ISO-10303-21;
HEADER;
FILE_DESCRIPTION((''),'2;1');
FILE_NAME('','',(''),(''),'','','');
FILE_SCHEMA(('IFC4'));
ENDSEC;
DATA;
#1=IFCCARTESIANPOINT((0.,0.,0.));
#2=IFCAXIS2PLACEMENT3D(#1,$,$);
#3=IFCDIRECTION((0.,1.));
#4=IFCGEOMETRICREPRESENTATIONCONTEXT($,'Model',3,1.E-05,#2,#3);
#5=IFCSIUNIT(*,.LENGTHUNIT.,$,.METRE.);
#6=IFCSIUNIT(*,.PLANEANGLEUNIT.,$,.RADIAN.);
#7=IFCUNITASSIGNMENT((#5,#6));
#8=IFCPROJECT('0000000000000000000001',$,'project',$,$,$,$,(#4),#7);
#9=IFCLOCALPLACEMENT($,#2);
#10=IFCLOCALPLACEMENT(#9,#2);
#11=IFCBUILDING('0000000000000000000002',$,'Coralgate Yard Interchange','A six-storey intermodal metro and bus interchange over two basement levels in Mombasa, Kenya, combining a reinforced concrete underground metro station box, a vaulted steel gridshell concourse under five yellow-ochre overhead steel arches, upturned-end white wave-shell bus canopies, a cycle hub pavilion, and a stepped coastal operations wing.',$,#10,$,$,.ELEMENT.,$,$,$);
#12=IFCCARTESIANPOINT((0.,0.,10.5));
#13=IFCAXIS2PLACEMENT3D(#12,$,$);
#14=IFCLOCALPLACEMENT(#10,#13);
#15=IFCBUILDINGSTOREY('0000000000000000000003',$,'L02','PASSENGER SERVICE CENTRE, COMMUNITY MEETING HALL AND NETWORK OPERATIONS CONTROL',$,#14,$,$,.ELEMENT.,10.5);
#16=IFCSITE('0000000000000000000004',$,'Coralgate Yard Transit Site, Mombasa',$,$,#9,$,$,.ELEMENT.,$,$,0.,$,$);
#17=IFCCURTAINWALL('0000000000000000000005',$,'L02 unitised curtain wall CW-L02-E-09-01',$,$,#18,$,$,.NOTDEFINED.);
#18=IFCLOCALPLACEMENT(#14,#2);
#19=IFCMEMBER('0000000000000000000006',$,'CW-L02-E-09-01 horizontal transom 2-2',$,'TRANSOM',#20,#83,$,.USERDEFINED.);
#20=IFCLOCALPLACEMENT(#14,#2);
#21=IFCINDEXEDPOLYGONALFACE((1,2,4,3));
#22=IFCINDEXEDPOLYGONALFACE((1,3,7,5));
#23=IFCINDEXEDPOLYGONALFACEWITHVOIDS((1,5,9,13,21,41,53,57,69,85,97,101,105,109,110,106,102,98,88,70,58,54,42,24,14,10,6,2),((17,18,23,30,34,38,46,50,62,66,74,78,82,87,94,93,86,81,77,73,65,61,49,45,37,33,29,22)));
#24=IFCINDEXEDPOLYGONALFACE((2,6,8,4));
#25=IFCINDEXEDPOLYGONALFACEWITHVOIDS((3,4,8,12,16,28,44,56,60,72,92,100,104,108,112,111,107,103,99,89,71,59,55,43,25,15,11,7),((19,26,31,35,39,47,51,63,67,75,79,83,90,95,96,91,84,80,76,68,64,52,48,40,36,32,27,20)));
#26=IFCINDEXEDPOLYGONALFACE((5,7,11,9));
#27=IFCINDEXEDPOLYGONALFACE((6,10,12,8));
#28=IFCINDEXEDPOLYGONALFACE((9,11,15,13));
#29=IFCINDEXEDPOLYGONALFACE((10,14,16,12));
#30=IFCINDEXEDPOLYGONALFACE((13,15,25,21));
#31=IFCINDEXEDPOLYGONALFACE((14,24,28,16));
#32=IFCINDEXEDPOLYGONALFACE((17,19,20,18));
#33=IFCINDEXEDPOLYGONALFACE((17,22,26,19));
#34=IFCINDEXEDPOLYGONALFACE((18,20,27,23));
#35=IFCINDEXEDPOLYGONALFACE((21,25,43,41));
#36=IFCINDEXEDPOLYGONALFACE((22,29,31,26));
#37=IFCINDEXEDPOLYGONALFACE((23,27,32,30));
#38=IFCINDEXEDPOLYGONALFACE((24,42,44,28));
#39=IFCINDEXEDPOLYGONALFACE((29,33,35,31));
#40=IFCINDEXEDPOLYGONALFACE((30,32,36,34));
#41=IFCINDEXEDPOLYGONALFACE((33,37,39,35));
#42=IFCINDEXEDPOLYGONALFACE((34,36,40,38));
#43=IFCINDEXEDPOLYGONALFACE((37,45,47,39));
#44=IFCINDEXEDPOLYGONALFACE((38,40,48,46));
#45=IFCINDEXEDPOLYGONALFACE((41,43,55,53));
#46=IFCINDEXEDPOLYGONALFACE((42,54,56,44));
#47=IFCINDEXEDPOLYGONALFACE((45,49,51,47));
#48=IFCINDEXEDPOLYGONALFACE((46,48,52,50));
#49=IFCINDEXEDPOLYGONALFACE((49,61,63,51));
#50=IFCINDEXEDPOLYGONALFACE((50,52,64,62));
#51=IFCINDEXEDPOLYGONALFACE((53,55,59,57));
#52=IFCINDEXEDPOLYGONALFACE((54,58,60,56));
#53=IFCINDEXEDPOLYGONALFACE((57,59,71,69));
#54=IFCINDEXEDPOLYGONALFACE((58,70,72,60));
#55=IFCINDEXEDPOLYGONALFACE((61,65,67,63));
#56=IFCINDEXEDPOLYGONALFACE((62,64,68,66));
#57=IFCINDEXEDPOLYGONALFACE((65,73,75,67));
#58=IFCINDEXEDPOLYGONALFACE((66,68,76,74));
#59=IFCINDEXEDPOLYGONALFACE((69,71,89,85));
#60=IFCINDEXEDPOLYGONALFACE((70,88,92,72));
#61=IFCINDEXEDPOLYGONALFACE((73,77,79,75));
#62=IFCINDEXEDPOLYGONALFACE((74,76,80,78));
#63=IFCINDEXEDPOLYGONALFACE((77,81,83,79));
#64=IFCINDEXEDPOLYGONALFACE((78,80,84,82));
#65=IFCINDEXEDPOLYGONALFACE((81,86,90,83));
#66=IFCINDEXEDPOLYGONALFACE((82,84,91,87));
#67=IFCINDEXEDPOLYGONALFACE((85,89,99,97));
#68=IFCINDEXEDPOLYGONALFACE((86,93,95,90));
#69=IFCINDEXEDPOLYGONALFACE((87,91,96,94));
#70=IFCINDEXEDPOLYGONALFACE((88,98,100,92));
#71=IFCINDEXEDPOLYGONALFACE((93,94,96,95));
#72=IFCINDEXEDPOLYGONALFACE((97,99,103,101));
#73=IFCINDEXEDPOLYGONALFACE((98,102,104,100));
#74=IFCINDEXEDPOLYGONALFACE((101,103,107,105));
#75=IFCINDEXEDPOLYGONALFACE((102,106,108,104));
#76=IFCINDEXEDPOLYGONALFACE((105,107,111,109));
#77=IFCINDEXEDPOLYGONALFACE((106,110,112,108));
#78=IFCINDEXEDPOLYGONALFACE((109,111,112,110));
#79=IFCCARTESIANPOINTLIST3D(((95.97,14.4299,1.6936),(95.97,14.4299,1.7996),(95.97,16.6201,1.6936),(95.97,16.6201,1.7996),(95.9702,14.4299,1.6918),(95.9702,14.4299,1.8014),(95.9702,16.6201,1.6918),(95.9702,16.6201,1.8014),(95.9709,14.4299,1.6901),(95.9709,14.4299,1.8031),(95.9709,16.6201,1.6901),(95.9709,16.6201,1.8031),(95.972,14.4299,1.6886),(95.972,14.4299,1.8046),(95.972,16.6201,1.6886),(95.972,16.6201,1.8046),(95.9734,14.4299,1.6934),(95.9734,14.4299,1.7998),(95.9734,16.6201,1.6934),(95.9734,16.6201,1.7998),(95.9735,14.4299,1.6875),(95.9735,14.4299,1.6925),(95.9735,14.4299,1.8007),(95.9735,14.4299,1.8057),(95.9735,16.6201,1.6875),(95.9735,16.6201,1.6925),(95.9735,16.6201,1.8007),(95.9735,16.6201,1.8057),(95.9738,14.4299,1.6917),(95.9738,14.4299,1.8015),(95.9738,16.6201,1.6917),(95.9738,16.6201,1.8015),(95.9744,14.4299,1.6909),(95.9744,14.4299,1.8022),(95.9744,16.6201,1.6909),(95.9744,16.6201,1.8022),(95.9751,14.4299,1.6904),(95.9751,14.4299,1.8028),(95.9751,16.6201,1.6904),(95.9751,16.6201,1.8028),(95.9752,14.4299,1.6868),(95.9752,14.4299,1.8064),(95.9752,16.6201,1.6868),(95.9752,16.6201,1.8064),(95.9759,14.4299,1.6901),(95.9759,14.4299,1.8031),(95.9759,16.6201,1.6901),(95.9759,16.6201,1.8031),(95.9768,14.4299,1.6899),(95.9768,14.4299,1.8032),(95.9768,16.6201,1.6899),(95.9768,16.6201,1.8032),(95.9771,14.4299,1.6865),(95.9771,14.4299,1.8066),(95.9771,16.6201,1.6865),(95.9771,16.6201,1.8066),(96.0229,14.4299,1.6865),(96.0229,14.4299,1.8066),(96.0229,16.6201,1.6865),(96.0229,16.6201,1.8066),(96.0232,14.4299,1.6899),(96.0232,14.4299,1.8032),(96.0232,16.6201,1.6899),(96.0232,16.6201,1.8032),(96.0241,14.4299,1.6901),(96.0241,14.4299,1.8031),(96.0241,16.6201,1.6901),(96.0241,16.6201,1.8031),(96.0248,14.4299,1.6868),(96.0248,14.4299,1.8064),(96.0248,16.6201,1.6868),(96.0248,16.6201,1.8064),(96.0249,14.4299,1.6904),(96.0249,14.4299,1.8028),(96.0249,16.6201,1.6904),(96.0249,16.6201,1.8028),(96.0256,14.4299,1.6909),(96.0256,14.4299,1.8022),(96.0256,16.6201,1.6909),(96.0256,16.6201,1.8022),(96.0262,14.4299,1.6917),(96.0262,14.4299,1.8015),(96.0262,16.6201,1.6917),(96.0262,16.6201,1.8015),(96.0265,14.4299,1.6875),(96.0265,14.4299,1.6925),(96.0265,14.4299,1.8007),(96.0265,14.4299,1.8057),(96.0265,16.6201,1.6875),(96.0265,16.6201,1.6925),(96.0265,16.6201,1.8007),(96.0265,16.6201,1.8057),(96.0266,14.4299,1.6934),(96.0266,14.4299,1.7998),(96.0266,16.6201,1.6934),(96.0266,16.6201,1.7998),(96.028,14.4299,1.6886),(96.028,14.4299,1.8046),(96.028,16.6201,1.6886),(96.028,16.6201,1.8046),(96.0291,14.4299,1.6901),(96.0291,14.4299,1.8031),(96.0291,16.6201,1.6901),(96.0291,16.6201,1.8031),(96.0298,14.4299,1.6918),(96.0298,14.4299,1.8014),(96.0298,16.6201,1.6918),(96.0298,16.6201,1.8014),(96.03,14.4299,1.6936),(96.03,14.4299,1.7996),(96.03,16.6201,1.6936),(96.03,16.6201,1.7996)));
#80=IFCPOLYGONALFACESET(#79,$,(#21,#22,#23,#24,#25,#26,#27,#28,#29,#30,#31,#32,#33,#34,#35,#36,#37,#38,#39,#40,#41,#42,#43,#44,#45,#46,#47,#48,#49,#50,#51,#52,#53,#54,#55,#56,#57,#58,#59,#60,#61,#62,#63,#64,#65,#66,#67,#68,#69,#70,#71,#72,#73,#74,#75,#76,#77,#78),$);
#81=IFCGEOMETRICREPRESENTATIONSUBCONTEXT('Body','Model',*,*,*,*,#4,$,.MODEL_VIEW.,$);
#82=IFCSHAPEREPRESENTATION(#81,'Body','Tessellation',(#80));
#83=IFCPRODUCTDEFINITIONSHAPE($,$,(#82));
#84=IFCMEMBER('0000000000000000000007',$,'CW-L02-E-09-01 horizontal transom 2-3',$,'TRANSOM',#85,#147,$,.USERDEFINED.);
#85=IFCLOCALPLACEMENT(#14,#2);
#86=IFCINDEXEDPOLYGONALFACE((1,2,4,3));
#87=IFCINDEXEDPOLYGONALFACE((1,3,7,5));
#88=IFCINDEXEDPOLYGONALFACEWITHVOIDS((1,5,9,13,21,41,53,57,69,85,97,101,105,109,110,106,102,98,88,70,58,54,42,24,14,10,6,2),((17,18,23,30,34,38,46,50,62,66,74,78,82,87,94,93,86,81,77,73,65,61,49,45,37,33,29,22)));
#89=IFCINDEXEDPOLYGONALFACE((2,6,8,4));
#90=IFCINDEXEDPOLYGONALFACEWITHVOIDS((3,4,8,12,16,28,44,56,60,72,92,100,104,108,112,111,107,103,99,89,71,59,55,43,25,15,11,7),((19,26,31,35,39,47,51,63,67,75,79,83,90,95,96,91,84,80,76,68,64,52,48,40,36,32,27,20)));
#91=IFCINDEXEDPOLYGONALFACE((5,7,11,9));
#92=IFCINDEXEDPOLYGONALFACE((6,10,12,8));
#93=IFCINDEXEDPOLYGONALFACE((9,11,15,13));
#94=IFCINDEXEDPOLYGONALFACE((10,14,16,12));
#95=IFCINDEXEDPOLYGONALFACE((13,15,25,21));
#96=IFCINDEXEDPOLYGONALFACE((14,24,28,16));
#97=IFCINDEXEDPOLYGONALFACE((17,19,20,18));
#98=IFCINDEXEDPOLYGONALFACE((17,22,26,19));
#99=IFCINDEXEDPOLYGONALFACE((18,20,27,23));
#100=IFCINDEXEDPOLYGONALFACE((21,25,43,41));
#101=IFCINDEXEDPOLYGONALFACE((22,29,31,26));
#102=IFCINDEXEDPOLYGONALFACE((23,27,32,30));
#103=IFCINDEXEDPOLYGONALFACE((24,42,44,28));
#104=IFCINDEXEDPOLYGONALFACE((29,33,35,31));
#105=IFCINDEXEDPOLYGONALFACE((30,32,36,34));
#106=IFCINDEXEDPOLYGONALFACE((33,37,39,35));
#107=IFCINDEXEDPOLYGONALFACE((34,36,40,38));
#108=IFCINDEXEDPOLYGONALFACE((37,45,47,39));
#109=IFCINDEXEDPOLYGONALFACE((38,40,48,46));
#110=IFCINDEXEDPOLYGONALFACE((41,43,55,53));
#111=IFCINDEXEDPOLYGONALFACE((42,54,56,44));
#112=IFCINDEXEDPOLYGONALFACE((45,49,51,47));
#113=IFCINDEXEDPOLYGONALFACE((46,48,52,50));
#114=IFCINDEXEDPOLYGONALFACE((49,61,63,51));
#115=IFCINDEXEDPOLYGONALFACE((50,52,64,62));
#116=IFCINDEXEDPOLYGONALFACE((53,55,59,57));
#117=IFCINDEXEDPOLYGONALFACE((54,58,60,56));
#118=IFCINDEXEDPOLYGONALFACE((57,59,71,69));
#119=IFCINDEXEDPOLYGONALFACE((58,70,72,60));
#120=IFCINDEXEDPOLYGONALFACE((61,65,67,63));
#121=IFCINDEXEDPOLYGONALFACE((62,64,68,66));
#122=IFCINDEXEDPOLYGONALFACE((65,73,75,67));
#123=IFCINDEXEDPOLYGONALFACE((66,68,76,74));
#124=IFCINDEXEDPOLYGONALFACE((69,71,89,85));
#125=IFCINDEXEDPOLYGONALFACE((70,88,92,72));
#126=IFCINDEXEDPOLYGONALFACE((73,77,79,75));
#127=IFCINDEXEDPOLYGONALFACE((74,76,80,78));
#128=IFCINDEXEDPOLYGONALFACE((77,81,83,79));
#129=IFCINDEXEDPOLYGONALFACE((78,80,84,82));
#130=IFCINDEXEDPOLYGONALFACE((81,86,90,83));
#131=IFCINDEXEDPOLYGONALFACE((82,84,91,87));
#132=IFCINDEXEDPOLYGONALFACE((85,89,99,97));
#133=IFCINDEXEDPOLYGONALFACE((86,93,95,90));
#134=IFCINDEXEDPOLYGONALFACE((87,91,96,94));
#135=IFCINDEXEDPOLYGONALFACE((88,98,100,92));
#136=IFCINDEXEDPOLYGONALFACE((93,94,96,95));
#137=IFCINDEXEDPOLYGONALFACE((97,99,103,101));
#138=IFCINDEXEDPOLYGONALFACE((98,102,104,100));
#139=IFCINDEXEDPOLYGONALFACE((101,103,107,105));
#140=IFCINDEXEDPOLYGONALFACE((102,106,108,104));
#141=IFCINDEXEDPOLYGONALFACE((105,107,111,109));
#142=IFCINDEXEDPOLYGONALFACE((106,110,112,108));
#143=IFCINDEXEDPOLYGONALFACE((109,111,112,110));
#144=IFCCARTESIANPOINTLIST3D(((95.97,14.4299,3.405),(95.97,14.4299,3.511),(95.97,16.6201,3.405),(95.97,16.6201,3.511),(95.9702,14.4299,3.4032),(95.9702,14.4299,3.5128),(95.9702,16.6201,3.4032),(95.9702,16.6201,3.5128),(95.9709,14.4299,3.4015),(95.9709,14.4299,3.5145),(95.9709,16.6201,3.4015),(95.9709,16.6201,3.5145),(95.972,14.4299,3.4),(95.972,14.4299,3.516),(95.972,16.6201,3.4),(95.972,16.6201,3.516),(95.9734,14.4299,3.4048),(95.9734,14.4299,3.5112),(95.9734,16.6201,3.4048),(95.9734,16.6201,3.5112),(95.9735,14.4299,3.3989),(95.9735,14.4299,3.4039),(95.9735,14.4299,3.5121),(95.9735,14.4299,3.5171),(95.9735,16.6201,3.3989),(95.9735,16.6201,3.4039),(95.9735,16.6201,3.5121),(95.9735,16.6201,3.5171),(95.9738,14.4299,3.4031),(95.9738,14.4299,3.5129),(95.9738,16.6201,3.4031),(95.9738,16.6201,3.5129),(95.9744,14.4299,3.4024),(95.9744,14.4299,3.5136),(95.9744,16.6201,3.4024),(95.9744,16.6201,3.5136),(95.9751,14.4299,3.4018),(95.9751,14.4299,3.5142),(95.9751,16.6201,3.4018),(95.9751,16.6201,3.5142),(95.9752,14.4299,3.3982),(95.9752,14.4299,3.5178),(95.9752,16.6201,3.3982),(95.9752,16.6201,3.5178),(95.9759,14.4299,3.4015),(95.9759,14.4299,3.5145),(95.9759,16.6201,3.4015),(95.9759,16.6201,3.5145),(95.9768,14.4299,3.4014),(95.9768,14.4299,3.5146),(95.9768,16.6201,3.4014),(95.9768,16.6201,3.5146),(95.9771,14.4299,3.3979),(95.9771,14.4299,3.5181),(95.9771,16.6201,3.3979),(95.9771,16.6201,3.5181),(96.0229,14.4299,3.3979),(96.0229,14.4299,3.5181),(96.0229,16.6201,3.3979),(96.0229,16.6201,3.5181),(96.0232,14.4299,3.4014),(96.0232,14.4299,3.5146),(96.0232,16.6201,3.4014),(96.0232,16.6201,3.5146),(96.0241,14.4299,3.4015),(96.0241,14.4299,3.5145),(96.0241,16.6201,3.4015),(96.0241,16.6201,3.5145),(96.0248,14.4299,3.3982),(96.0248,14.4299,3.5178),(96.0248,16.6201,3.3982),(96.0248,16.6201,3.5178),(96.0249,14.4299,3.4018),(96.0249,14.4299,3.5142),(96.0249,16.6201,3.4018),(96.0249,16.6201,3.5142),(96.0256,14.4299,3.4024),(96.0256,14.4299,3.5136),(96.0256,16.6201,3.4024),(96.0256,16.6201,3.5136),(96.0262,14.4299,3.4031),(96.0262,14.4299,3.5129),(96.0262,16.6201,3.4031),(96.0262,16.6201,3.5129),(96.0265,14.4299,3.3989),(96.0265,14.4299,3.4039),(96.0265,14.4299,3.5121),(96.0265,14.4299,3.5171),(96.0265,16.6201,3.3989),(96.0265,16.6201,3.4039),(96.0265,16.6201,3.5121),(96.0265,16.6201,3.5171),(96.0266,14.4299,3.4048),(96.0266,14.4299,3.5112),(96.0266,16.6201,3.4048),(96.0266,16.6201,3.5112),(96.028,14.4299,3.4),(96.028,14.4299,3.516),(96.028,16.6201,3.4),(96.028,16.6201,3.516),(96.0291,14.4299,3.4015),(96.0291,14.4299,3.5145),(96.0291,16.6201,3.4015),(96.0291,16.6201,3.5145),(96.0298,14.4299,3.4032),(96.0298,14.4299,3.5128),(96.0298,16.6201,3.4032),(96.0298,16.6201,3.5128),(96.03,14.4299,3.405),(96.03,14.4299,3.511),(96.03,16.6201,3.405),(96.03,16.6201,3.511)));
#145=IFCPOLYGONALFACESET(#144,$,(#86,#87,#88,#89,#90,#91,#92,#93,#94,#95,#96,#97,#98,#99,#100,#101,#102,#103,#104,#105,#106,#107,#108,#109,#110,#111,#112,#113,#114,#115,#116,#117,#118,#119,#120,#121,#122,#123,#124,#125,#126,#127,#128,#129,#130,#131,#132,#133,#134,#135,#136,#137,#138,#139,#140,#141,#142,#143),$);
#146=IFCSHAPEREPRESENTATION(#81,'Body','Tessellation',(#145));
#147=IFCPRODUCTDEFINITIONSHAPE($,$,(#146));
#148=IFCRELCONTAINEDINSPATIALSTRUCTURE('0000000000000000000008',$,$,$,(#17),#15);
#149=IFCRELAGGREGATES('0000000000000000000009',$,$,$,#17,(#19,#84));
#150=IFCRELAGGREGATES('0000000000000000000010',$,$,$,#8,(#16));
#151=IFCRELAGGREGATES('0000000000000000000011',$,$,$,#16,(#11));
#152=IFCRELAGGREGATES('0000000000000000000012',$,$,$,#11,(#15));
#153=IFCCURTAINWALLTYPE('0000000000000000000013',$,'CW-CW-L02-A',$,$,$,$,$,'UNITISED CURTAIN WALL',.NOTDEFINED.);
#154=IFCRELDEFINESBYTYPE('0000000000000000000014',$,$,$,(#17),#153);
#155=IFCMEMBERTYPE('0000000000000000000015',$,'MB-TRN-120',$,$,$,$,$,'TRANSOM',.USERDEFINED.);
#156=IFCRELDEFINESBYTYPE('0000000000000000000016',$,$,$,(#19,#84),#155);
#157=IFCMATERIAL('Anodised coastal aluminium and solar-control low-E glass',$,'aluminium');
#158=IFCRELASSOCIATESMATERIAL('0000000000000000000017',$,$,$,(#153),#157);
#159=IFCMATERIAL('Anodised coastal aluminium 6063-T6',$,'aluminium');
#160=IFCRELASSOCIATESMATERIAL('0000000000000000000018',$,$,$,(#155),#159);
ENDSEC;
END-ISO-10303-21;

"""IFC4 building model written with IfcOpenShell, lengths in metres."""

from ifc_helpers import new_model, si_unit, direction, frame, origin, origin_2d, place, context, subcontext, project, spatial, hollow_rectangle, extrude, material, material_profile, profile_set, type_object, element, aggregate, save


model = new_model("IFC4")

# Units and contexts
model_context = context("Model", 3, precision=1e-05, world=origin(), true_north=direction((0.0, 1.0)))
body_context = subcontext(model_context, "Body", "Model", "MODEL_VIEW")
ifc_project = project(units=[si_unit("LENGTHUNIT", "METRE"), si_unit("PLANEANGLEUNIT", "RADIAN")], contexts=[model_context])

# Site, building, storey
site_placement = place(None, origin())
site = spatial("IfcSite", under=ifc_project, at=site_placement, Name="Coralgate Yard Transit Site, Mombasa", CompositionType="ELEMENT", RefElevation=0.0)
building_placement = place(site_placement, origin())
building = spatial("IfcBuilding", under=site, at=building_placement, Name="Coralgate Yard Interchange", Description="A six-storey intermodal metro and bus interchange over two basement levels in Mombasa, Kenya, combining a reinforced concrete underground metro station box, a vaulted steel gridshell concourse under five yellow-ochre overhead steel arches, upturned-end white wave-shell bus canopies, a cycle hub pavilion, and a stepped coastal operations wing.", CompositionType="ELEMENT")
storey_placement = place(building_placement, frame((0.0, 0.0, 10.5)))
storey = spatial("IfcBuildingStorey", under=building, at=storey_placement, Name="L02", Description="PASSENGER SERVICE CENTRE, COMMUNITY MEETING HALL AND NETWORK OPERATIONS CONTROL", CompositionType="ELEMENT", Elevation=10.5)

# Shared definitions
ifc_material_1 = material(Name="Anodised coastal aluminium and solar-control low-E glass", Category="aluminium")
curtain_wall_type = type_object("IfcCurtainWallType", Name="CW-CW-L02-A", ElementType="UNITISED CURTAIN WALL", PredefinedType="NOTDEFINED", material=ifc_material_1)
ifc_material_2 = material(Name="Anodised coastal aluminium 6063-T6", Category="aluminium")

# Curtain wall
curtain_wall_1_placement = place(storey_placement, origin())
curtain_wall_1 = element("IfcCurtainWall", 1, at=curtain_wall_1_placement, inside=storey, type_object=curtain_wall_type, Name="L02 unitised curtain wall CW-L02-E-09-01", PredefinedType="NOTDEFINED")

# Members
ifc_material_profile_1 = material_profile(ifc_material_2, hollow_rectangle(XDim=0.0601, YDim=0.1201, WallThickness=0.0034, InnerFilletRadius=0.0034, OuterFilletRadius=0.0071, at=origin_2d()), Name="ALU 60x120x3.5")
ifc_profile_set_1 = profile_set([ifc_material_profile_1], Name="Anodised coastal aluminium 6063-T6")
member_type_1 = type_object("IfcMemberType", Name="MB-TRN-120", ElementType="TRANSOM", PredefinedType="USERDEFINED", material=ifc_profile_set_1)
member_1_placement = place(storey_placement, frame((96.0, 16.6201, 1.7466), z_axis=(0.0, -1.0, 0.0), x_axis=(1.0, 0.0, 0.0)))
member_1 = element("IfcMember", 2, at=member_1_placement, type_object=member_type_1, Name="CW-L02-E-09-01 horizontal transom 2-2", ObjectType="TRANSOM", PredefinedType="USERDEFINED", context=body_context, shape_type="SweptSolid", body=[
    extrude(hollow_rectangle(XDim=0.0601, YDim=0.1201, WallThickness=0.0034, InnerFilletRadius=0.0034, OuterFilletRadius=0.0071, at=origin_2d()), origin(), (0.0, 0.0, 1.0), 2.1902),
])
member_2_placement = place(storey_placement, frame((96.0, 16.6201, 3.458), z_axis=(0.0, -1.0, 0.0), x_axis=(1.0, 0.0, 0.0)))
member_2 = element("IfcMember", 3, at=member_2_placement, type_object=member_type_1, Name="CW-L02-E-09-01 horizontal transom 2-3", ObjectType="TRANSOM", PredefinedType="USERDEFINED", context=body_context, shape_type="SweptSolid", body=[
    extrude(hollow_rectangle(XDim=0.0601, YDim=0.1201, WallThickness=0.0034, InnerFilletRadius=0.0034, OuterFilletRadius=0.0071, at=origin_2d()), origin(), (0.0, 0.0, 1.0), 2.1902),
])

aggregate(curtain_wall_1, [member_1, member_2])

save(model, "model.ifc")
